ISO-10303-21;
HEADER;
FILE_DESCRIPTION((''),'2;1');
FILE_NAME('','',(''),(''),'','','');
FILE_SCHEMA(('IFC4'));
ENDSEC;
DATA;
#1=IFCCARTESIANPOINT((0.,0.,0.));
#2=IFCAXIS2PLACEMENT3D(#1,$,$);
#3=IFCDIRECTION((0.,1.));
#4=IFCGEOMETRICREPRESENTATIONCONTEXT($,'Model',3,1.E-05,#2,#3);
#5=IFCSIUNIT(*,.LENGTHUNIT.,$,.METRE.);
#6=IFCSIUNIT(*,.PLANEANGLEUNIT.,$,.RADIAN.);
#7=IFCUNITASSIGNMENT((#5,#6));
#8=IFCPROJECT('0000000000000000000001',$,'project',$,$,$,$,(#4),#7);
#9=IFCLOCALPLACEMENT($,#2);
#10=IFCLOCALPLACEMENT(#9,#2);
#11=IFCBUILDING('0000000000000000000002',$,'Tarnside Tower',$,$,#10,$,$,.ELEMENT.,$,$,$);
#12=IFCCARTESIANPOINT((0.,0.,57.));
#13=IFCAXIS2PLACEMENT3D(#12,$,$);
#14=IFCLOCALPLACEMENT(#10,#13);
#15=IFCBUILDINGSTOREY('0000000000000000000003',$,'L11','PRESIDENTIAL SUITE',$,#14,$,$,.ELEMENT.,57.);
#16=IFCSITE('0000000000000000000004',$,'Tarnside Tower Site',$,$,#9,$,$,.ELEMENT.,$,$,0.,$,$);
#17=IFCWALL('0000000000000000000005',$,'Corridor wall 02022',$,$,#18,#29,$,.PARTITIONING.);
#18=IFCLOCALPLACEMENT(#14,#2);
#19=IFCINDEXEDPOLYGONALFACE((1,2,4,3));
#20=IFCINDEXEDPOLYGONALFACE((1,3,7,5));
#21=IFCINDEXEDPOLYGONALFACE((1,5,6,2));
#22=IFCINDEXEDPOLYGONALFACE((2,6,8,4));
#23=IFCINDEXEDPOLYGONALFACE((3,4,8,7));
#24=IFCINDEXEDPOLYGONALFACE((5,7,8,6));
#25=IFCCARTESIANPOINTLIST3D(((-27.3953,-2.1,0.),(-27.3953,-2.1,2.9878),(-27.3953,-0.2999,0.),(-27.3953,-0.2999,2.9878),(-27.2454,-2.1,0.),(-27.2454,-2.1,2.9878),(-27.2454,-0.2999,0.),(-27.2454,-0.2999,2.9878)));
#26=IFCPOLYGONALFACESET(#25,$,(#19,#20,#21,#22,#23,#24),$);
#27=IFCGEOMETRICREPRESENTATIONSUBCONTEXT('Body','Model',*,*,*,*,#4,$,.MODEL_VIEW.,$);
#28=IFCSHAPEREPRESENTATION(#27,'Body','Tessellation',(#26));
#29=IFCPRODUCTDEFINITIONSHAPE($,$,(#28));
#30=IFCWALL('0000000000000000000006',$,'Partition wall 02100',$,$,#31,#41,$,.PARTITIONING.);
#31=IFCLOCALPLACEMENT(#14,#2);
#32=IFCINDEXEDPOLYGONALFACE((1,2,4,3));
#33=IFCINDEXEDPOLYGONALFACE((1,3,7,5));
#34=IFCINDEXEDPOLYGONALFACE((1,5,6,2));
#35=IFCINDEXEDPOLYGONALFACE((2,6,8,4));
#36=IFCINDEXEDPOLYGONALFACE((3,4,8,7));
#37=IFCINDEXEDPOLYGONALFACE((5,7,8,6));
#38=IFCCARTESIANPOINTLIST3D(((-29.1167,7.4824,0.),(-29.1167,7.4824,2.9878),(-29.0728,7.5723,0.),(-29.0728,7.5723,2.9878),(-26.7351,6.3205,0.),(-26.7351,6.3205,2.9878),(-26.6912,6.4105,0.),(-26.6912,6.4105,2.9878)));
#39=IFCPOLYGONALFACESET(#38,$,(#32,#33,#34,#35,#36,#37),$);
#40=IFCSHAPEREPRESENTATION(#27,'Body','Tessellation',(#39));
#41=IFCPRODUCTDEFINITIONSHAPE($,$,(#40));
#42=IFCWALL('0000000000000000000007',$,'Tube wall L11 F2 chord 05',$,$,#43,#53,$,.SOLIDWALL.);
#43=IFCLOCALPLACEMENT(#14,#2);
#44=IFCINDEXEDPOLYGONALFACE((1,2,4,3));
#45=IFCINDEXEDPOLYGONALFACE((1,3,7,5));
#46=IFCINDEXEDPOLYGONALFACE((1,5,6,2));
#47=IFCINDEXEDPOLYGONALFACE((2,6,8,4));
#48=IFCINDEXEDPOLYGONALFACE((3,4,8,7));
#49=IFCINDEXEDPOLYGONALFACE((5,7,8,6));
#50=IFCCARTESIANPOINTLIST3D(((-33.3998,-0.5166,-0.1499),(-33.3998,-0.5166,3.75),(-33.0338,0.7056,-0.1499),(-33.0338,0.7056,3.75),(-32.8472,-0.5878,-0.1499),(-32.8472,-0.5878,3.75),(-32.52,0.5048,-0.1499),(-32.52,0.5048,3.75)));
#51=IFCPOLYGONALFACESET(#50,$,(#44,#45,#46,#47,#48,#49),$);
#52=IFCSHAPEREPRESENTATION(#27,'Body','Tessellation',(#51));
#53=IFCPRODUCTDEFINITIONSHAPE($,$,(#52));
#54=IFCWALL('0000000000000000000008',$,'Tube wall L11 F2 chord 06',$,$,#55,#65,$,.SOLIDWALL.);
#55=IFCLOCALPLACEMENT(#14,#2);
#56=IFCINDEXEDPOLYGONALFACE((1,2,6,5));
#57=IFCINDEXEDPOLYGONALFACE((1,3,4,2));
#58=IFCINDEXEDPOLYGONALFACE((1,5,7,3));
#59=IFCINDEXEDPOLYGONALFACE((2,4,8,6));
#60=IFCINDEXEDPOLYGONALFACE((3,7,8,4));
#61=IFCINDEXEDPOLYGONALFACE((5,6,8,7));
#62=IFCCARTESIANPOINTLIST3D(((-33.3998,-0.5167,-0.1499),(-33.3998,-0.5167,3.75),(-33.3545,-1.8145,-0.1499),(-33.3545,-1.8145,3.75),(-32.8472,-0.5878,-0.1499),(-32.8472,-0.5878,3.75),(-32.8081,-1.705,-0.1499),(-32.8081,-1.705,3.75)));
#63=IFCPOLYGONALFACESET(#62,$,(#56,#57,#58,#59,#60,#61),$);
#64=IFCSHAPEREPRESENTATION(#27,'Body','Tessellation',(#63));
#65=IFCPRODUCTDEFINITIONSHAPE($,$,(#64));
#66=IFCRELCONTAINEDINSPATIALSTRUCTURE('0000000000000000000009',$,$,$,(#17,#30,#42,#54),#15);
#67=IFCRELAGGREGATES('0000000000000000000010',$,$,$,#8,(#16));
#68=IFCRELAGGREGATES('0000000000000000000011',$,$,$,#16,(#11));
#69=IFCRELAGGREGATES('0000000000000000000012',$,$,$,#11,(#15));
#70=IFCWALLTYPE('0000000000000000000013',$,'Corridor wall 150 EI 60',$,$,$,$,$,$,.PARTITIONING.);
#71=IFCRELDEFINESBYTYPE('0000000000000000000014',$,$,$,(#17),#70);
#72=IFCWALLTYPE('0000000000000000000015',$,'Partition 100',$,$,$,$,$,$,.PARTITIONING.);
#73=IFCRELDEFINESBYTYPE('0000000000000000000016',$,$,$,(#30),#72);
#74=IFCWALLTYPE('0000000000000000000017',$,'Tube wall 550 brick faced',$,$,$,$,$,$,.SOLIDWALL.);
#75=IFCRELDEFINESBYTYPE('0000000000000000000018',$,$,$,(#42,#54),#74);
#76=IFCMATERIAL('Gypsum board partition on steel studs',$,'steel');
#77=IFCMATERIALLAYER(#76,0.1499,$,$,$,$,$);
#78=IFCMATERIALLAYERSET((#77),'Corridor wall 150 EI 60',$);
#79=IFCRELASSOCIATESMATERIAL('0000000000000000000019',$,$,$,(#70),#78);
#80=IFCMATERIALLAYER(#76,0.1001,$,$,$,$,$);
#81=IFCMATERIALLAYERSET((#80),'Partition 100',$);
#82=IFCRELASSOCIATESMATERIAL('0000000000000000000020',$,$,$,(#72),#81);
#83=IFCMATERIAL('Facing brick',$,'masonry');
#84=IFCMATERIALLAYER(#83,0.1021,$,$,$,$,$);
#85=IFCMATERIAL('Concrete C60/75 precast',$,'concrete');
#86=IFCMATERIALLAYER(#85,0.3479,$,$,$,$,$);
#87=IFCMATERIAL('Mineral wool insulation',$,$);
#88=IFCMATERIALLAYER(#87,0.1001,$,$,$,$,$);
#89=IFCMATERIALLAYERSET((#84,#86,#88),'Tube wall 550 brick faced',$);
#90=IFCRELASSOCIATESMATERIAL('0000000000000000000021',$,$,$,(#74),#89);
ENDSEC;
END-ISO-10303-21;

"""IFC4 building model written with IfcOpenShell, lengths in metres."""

from ifc_helpers import new_model, si_unit, direction, frame, frame_2d, origin, place, context, subcontext, project, spatial, polyline, rectangle, outline, extrude, material, layer, layer_set, type_object, element, save


model = new_model("IFC4")

# Units and contexts
model_context = context("Model", 3, precision=1e-05, world=origin(), true_north=direction((0.0, 1.0)))
body_context = subcontext(model_context, "Body", "Model", "MODEL_VIEW")
ifc_project = project(units=[si_unit("LENGTHUNIT", "METRE"), si_unit("PLANEANGLEUNIT", "RADIAN")], contexts=[model_context])

# Site, building, storey
site_placement = place(None, origin())
site = spatial("IfcSite", under=ifc_project, at=site_placement, Name="Tarnside Tower Site", CompositionType="ELEMENT", RefElevation=0.0)
building_placement = place(site_placement, origin())
building = spatial("IfcBuilding", under=site, at=building_placement, Name="Tarnside Tower", CompositionType="ELEMENT")
storey_placement = place(building_placement, frame((0.0, 0.0, 57.0)))
storey = spatial("IfcBuildingStorey", under=building, at=storey_placement, Name="L11", Description="PRESIDENTIAL SUITE", CompositionType="ELEMENT", Elevation=57.0)

# Shared definitions
ifc_material_1 = material(Name="Gypsum board partition on steel studs", Category="steel")

# Shared definitions
ifc_layer_1 = layer(ifc_material_1, 0.1499)
ifc_layer_set_1 = layer_set([ifc_layer_1], Name="Corridor wall 150 EI 60")
wall_type_1 = type_object("IfcWallType", Name="Corridor wall 150 EI 60", PredefinedType="PARTITIONING", material=ifc_layer_set_1)

# Walls
wall_1_placement = place(storey_placement, frame((-27.3203, -0.3, 0.0), z_axis=(0.0, 0.0, 1.0), x_axis=(0.0, -1.0, 0.0)))
element("IfcWall", 1, at=wall_1_placement, inside=storey, type_object=wall_type_1, Name="Corridor wall 02022", PredefinedType="PARTITIONING", context=body_context, shape_type="SweptSolid", body=[
    extrude(rectangle(XDim=1.8, YDim=0.1499, at=frame_2d((0.8999, 0.0))), origin(), (0.0, 0.0, 1.0), 2.9878),
])
ifc_layer_2 = layer(ifc_material_1, 0.1001)
ifc_layer_set_2 = layer_set([ifc_layer_2], Name="Partition 100")
wall_type_2 = type_object("IfcWallType", Name="Partition 100", PredefinedType="PARTITIONING", material=ifc_layer_set_2)
wall_2_placement = place(storey_placement, frame((-26.7131, 6.3655, 0.0), z_axis=(0.0, 0.0, 1.0), x_axis=(-0.898752, 0.438458, 0.0)))
element("IfcWall", 2, at=wall_2_placement, inside=storey, type_object=wall_type_2, Name="Partition wall 02100", PredefinedType="PARTITIONING", context=body_context, shape_type="SweptSolid", body=[
    extrude(rectangle(XDim=2.6499, YDim=0.1001, at=frame_2d((1.325, 0.0))), origin(), (0.0, 0.0, 1.0), 2.9878),
])
ifc_material_2 = material(Name="Facing brick", Category="masonry")
ifc_layer_3 = layer(ifc_material_2, 0.1021)
ifc_material_3 = material(Name="Concrete C60/75 precast", Category="concrete")
ifc_layer_4 = layer(ifc_material_3, 0.3479)
ifc_material_4 = material(Name="Mineral wool insulation")
ifc_layer_5 = layer(ifc_material_4, 0.1001)
ifc_layer_set_3 = layer_set([ifc_layer_3, ifc_layer_4, ifc_layer_5], Name="Tube wall 550 brick faced")
wall_type_3 = type_object("IfcWallType", Name="Tube wall 550 brick faced", PredefinedType="SOLIDWALL", material=ifc_layer_set_3)
wall_3_placement = place(storey_placement, frame((-32.7769, 0.6052, -0.1499), z_axis=(0.0, 0.0, 1.0), x_axis=(-0.286921, -0.957954, 0.0)))
element("IfcWall", 3, at=wall_3_placement, inside=storey, type_object=wall_type_3, Name="Tube wall L11 F2 chord 05", PredefinedType="SOLIDWALL", context=body_context, shape_type="SweptSolid", body=[
    extrude(outline(polyline([(-0.0225, -0.2749), (1.2534, -0.2749), (1.1631, 0.2749), (0.0225, 0.2749), (-0.0225, -0.2749)])), origin(), (0.0, 0.0, 1.0), 3.8999),
])
wall_4_placement = place(storey_placement, frame((-33.1235, -0.5522, -0.1499), z_axis=(0.0, 0.0, 1.0), x_axis=(0.034956, -0.999389, 0.0)))
element("IfcWall", 4, at=wall_4_placement, inside=storey, type_object=wall_type_3, Name="Tube wall L11 F2 chord 06", PredefinedType="SOLIDWALL", context=body_context, shape_type="SweptSolid", body=[
    extrude(outline(polyline([(-0.0452, -0.2749), (1.2534, -0.2749), (1.1631, 0.2749), (0.0452, 0.2749), (-0.0452, -0.2749)])), origin(), (0.0, 0.0, 1.0), 3.8999),
])

save(model, "model.ifc")
